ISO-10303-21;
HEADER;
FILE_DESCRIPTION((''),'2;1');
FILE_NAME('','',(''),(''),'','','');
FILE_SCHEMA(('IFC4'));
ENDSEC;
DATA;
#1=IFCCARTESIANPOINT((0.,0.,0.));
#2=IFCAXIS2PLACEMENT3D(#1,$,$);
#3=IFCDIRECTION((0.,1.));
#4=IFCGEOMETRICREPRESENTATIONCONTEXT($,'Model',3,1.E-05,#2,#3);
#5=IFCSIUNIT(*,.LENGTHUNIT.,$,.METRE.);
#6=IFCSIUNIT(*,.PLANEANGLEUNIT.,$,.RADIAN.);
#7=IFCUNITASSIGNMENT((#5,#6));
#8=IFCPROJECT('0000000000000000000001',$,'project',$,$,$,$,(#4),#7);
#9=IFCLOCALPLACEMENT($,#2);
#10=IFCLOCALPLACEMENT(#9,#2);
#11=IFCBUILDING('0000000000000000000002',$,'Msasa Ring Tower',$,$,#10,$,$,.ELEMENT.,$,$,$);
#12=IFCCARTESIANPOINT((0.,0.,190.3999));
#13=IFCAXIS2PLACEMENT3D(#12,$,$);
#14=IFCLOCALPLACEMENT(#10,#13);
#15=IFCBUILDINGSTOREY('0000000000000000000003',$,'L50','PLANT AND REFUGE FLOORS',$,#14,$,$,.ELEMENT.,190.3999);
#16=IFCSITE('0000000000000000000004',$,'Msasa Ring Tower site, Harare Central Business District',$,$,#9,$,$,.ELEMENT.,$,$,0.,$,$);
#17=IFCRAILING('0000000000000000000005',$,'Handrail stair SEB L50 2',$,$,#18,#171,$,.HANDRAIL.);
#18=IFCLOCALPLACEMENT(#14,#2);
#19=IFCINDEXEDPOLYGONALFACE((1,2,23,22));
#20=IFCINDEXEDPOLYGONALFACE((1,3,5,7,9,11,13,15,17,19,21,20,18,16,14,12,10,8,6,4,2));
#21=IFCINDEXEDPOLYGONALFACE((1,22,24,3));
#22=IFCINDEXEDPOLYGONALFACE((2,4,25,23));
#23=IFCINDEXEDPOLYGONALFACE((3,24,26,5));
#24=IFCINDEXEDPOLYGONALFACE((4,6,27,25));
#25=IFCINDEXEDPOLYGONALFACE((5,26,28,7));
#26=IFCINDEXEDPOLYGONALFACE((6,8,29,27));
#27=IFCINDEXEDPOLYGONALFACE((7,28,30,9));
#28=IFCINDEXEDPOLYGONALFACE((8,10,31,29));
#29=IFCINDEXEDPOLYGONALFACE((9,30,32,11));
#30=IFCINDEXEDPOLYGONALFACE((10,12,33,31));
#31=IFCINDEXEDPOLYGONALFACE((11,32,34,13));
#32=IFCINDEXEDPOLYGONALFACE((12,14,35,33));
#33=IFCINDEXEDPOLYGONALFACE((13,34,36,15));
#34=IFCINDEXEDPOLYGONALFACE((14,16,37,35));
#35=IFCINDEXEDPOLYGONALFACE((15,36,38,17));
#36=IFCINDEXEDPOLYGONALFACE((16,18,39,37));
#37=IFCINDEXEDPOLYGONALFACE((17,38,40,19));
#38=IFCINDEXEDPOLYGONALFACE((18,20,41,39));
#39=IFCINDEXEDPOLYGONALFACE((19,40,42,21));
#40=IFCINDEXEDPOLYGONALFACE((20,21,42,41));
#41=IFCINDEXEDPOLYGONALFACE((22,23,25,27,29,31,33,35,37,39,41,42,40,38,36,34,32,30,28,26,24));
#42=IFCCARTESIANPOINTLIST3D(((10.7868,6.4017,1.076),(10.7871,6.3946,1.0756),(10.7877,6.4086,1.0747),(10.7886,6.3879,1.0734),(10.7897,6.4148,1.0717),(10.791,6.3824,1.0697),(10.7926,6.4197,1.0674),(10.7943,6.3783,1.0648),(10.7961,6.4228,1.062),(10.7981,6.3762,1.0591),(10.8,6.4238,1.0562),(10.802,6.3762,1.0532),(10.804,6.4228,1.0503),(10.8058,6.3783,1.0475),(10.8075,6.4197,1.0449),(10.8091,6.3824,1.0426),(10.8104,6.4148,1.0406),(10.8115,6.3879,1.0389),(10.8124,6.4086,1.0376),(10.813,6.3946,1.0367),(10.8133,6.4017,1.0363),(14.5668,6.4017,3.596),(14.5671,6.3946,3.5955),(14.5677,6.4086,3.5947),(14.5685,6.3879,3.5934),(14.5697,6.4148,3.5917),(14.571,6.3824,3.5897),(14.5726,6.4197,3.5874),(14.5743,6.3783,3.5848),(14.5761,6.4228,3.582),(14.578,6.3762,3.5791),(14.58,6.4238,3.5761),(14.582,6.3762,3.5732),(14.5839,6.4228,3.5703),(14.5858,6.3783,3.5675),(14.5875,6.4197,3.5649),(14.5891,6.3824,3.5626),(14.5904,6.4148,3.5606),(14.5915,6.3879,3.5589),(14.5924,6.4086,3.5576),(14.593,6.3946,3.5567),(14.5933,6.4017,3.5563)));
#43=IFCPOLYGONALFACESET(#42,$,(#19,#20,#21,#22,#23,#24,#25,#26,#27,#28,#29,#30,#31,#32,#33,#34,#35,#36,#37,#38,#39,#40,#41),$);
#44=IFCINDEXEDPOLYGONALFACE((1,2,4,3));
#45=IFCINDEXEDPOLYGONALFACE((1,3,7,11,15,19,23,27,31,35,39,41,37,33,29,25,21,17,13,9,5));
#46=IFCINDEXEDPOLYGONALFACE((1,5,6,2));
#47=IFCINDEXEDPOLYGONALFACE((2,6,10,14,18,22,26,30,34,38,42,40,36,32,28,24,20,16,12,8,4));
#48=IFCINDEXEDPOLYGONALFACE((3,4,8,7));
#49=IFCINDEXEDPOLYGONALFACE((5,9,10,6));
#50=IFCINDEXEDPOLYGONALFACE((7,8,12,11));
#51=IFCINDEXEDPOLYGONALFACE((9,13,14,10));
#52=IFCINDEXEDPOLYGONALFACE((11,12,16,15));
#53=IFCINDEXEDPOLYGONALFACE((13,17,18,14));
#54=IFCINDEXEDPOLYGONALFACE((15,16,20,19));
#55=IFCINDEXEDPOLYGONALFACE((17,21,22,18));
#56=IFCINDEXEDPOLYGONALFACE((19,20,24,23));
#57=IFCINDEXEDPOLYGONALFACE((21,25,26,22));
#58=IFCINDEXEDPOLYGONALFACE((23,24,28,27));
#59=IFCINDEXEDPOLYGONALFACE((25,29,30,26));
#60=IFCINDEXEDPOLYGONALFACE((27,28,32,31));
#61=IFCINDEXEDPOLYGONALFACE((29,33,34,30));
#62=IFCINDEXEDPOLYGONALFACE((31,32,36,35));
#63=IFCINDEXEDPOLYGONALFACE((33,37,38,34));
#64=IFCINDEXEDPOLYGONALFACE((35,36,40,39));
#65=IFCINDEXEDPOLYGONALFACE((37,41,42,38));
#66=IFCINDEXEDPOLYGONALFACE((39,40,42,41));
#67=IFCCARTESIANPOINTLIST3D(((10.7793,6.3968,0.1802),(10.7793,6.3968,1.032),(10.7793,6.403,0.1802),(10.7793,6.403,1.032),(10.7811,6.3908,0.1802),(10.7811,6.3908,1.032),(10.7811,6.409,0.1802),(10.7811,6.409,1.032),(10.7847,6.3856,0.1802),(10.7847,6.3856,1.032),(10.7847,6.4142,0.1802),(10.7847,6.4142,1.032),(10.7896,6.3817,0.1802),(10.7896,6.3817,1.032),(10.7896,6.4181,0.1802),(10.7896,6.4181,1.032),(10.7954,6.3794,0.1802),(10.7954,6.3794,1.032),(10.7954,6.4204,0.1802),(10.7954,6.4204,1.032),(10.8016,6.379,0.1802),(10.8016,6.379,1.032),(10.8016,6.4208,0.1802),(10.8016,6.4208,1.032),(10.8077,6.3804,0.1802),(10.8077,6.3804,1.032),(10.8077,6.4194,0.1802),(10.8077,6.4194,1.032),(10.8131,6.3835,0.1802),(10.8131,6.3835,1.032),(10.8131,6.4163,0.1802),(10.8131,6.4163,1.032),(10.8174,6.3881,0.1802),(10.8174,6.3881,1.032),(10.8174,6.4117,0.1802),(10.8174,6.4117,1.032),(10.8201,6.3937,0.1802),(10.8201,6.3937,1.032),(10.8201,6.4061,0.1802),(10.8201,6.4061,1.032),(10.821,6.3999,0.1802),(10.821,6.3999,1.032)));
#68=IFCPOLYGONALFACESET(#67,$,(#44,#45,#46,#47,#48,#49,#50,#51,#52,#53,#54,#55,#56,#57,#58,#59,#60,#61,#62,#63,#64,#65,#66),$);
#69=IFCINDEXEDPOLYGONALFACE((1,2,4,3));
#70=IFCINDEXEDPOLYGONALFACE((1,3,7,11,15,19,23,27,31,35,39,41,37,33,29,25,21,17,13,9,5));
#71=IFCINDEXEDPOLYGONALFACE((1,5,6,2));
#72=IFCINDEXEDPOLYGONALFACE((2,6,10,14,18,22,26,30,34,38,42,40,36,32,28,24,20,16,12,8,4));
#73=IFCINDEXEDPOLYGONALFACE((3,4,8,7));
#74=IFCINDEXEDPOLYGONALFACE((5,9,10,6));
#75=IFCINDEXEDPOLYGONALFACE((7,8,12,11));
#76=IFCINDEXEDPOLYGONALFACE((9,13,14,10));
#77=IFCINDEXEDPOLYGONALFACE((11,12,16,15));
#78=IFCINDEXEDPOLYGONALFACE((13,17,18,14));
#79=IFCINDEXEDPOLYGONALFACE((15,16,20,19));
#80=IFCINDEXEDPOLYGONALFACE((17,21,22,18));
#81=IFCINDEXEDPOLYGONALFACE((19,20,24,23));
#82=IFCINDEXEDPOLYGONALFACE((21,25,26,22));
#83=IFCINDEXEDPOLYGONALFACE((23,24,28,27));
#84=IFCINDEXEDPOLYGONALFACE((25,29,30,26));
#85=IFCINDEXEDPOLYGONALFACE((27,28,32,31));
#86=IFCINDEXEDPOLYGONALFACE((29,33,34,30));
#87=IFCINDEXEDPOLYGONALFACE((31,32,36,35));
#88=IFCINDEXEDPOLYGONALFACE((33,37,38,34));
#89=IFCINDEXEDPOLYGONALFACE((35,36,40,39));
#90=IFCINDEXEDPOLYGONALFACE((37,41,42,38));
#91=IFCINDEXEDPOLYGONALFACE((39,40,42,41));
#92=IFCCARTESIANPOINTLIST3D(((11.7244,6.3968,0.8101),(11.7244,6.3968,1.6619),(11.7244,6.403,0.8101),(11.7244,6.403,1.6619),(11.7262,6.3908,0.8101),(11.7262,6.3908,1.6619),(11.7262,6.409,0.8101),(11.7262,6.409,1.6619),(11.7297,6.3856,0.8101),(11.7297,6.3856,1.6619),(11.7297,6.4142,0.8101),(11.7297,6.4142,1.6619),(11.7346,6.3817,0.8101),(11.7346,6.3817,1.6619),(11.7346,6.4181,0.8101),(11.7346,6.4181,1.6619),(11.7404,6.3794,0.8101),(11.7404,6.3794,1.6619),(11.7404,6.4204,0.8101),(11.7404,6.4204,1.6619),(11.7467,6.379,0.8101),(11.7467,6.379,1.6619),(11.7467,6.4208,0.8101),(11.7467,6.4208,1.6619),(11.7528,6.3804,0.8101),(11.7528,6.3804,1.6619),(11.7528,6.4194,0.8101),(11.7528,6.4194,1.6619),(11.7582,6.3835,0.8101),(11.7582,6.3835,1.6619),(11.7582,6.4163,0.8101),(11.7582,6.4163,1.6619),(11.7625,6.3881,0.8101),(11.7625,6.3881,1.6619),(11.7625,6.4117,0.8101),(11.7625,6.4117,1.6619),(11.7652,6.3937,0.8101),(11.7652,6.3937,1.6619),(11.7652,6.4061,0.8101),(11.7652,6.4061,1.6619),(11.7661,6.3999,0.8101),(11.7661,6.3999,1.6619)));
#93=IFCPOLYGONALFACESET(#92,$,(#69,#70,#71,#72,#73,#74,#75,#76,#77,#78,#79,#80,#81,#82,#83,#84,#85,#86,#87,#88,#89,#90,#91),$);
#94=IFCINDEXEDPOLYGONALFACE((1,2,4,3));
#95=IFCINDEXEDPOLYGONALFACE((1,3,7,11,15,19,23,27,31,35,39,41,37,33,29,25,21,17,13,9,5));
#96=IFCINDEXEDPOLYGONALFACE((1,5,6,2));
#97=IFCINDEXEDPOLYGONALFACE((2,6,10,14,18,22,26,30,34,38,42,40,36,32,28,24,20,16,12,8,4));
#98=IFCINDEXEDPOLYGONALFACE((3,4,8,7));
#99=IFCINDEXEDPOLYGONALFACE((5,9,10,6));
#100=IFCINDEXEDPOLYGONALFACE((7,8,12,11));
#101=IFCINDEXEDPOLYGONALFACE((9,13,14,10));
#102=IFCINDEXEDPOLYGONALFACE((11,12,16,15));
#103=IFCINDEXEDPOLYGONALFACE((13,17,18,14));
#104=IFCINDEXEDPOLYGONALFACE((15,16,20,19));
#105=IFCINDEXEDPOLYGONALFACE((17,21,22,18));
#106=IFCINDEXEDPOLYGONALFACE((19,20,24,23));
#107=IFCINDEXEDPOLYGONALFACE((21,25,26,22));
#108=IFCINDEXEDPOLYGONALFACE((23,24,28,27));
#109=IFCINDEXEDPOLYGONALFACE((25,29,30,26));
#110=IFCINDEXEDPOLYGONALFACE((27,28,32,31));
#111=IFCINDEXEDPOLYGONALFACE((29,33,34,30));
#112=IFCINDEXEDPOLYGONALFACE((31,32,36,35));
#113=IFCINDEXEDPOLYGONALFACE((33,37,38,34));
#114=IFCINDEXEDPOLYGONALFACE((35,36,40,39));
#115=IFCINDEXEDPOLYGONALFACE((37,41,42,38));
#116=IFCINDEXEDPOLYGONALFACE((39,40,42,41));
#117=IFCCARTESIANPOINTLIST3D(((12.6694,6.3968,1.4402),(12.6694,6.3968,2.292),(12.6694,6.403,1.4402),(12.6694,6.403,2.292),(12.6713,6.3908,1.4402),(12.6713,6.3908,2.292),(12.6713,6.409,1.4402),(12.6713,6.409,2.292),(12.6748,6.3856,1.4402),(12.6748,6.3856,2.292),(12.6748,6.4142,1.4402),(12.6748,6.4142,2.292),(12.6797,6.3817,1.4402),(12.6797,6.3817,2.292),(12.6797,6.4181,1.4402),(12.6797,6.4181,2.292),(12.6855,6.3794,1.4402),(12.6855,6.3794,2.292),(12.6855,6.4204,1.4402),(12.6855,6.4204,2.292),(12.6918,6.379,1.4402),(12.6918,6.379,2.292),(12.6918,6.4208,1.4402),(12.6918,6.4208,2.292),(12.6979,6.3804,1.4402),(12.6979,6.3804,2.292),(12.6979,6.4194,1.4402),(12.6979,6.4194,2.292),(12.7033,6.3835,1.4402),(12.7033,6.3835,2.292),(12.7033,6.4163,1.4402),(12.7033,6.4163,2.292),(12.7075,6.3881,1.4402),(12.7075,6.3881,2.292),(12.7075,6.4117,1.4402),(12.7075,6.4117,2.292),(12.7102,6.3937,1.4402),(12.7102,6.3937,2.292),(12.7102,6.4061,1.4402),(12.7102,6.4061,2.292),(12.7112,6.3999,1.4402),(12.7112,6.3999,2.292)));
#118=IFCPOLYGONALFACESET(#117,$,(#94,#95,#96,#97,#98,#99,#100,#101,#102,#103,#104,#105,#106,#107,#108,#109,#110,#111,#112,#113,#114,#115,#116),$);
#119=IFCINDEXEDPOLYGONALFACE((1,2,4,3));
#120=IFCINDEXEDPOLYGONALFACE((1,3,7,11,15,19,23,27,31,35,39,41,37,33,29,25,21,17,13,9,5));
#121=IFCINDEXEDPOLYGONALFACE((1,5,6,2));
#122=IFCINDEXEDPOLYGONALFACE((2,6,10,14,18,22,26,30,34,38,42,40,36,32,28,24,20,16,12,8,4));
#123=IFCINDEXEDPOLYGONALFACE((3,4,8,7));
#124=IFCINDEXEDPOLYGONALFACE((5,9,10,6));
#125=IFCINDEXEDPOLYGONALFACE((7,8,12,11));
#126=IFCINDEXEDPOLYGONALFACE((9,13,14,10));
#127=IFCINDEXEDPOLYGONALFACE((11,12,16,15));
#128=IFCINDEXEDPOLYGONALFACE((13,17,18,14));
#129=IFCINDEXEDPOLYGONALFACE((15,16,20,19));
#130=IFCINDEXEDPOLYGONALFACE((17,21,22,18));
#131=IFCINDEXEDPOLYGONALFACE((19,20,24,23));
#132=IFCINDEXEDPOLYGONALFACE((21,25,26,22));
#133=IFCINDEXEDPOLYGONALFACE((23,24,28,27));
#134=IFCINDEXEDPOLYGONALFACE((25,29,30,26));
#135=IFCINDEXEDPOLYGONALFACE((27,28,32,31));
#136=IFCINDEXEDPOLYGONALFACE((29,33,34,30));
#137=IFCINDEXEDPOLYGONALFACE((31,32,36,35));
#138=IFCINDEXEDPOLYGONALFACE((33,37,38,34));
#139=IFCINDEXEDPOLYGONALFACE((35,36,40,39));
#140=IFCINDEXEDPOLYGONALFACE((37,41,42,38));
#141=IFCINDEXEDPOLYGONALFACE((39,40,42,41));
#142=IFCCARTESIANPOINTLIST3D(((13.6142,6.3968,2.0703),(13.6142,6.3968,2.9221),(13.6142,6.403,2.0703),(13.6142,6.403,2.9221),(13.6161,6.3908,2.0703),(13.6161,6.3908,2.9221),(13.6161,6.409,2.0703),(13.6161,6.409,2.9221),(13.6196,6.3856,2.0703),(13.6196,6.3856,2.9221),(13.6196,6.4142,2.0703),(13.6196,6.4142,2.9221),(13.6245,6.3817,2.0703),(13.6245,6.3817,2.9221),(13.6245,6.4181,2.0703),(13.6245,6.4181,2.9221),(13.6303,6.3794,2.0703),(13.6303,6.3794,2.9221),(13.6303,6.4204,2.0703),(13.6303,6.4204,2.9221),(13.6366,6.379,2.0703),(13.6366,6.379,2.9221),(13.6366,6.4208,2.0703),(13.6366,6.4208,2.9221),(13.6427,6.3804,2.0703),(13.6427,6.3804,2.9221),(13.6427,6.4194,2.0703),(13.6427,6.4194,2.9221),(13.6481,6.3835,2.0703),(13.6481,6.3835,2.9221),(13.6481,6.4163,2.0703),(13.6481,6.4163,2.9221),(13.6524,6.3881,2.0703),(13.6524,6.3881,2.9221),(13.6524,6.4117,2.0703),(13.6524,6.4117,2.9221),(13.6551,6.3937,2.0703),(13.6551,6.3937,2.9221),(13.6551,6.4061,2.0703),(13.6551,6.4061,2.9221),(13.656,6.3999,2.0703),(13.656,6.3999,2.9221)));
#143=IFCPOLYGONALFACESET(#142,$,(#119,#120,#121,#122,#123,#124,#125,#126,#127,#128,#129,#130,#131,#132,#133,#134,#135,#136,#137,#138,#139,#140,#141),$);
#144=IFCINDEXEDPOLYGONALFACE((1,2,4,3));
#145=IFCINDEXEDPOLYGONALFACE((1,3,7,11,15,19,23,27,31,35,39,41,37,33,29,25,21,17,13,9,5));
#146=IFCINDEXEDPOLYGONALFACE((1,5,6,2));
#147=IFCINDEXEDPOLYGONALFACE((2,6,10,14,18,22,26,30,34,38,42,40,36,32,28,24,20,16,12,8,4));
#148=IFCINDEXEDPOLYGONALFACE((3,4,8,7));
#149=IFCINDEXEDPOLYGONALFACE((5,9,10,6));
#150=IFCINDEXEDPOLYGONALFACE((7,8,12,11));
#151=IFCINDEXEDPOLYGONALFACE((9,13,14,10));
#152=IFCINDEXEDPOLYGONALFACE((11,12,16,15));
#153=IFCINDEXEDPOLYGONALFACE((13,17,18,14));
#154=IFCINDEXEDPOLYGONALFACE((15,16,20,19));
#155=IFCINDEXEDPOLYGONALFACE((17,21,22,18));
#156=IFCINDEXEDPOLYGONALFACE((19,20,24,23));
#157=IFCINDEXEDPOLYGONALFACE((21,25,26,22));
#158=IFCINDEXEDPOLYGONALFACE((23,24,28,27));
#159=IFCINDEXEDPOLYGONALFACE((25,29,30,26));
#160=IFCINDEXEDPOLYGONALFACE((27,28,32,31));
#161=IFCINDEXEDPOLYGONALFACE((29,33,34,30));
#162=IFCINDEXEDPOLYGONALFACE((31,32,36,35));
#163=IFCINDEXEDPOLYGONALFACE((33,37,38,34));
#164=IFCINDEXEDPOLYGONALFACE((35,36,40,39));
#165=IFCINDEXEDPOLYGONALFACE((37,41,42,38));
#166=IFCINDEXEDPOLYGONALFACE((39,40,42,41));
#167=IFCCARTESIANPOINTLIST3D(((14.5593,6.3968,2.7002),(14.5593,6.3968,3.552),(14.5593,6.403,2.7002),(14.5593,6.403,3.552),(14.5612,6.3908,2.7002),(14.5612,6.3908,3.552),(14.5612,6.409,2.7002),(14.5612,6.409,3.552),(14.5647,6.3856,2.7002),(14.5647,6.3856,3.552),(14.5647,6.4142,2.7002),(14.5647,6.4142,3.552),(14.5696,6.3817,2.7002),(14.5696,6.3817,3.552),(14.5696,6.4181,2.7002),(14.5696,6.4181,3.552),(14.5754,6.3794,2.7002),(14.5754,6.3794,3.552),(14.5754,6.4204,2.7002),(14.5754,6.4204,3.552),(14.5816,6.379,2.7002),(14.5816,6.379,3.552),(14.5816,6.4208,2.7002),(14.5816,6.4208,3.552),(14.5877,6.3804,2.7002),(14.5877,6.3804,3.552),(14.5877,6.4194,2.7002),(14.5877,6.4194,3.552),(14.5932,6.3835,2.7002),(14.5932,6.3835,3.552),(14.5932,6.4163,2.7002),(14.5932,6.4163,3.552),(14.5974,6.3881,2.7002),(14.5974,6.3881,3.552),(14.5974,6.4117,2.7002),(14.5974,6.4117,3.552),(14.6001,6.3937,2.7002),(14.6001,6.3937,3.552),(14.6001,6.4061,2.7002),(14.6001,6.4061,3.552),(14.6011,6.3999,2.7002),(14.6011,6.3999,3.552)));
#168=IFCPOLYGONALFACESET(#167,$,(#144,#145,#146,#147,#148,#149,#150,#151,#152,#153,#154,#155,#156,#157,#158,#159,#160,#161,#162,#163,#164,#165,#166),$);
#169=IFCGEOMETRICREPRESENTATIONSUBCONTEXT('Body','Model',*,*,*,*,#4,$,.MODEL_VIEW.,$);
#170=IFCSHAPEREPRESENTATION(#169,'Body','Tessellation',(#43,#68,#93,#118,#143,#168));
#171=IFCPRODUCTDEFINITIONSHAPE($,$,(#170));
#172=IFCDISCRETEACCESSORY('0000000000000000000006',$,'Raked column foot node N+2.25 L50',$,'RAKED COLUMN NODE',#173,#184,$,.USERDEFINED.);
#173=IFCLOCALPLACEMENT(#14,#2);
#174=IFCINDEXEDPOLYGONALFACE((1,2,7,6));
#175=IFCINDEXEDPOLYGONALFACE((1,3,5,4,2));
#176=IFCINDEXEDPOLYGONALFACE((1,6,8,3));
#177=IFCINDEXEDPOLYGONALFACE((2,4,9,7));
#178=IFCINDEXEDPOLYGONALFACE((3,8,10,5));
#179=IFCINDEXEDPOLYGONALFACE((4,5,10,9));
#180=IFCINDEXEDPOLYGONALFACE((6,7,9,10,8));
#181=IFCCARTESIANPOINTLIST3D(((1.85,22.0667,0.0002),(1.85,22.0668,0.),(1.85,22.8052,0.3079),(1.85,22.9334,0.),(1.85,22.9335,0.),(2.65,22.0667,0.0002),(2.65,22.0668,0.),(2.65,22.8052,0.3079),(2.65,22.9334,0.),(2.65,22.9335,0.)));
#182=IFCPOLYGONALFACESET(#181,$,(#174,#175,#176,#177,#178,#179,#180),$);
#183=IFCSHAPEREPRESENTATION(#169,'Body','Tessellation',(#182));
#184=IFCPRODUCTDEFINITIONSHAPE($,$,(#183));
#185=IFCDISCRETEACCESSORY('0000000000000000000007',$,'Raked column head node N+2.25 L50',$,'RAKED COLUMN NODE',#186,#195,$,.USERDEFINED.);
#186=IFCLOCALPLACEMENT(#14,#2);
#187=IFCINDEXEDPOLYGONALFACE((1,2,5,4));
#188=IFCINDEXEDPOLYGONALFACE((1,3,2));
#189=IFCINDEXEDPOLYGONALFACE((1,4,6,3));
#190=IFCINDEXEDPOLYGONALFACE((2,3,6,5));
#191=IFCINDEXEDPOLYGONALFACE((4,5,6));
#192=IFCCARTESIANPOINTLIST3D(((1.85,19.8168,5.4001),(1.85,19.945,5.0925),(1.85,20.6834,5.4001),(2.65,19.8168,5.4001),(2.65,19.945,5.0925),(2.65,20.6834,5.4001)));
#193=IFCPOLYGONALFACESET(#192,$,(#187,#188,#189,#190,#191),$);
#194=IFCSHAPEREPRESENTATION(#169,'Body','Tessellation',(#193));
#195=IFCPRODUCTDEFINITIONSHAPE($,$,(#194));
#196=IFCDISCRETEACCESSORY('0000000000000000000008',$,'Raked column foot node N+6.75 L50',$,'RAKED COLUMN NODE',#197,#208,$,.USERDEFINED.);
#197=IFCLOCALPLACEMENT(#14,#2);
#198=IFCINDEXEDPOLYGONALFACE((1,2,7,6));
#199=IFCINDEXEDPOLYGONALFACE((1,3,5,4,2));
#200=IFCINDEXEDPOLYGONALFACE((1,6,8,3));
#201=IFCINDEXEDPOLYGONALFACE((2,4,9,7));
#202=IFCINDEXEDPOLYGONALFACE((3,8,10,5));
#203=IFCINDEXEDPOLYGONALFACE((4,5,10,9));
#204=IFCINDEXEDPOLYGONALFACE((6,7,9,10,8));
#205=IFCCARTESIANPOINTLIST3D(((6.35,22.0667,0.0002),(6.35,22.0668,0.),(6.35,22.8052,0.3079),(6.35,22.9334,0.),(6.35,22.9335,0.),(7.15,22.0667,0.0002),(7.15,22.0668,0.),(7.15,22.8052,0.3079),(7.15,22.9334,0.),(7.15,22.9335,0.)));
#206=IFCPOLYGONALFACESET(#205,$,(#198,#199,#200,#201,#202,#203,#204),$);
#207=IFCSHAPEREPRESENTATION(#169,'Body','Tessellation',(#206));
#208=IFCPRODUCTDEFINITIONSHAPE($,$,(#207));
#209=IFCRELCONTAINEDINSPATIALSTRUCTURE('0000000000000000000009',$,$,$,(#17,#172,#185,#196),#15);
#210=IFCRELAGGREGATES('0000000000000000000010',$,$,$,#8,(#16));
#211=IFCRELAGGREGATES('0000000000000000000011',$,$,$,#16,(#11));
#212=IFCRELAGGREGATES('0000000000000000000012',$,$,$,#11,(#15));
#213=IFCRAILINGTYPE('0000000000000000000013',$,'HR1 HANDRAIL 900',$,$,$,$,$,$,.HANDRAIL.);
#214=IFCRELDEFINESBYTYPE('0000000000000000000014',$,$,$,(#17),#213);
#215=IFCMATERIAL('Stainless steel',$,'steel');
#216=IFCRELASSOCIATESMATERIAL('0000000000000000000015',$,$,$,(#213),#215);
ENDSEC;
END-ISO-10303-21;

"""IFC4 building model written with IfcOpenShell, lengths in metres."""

from ifc_helpers import new_model, si_unit, direction, frame, origin, origin_2d, place, context, subcontext, project, spatial, rectangle, circle, extrude, clip, halfspace, material, type_object, element, save


model = new_model("IFC4")

# Units and contexts
model_context = context("Model", 3, precision=1e-05, world=origin(), true_north=direction((0.0, 1.0)))
body_context = subcontext(model_context, "Body", "Model", "MODEL_VIEW")
ifc_project = project(units=[si_unit("LENGTHUNIT", "METRE"), si_unit("PLANEANGLEUNIT", "RADIAN")], contexts=[model_context])

# Site, building, storey
site_placement = place(None, origin())
site = spatial("IfcSite", under=ifc_project, at=site_placement, Name="Msasa Ring Tower site, Harare Central Business District", CompositionType="ELEMENT", RefElevation=0.0)
building_placement = place(site_placement, origin())
building = spatial("IfcBuilding", under=site, at=building_placement, Name="Msasa Ring Tower", CompositionType="ELEMENT")
storey_placement = place(building_placement, frame((0.0, 0.0, 190.3999)))
storey = spatial("IfcBuildingStorey", under=building, at=storey_placement, Name="L50", Description="PLANT AND REFUGE FLOORS", CompositionType="ELEMENT", Elevation=190.3999)

# Railing
ifc_material_1 = material(Name="Stainless steel", Category="steel")
railing_type = type_object("IfcRailingType", Name="HR1 HANDRAIL 900", PredefinedType="HANDRAIL", material=ifc_material_1)
for number, where, name in (
    (1, (10.8, 6.3999, 0.1802), "Handrail stair SEB L50 2"),
):
    element("IfcRailing", number, at=place(storey_placement, frame(where)), inside=storey, type_object=railing_type, Name=name, PredefinedType="HANDRAIL", context=body_context, shape_type="SweptSolid", body=[
        extrude(circle(Radius=0.0239, at=origin_2d()), frame((0.0, 0.0, 0.876), z_axis=(0.83205, 0.0, 0.5547), x_axis=(0.0, 1.0, 0.0)), (0.0, 0.0, 1.0), 4.543),
        extrude(circle(Radius=0.021, at=origin_2d()), origin(), (0.0, 0.0, 1.0), 0.8518),
        extrude(circle(Radius=0.021, at=origin_2d()), frame((0.9451, 0.0, 0.6299)), (0.0, 0.0, 1.0), 0.8518),
        extrude(circle(Radius=0.021, at=origin_2d()), frame((1.8901, 0.0, 1.26)), (0.0, 0.0, 1.0), 0.8518),
        extrude(circle(Radius=0.021, at=origin_2d()), frame((2.835, 0.0, 1.8901)), (0.0, 0.0, 1.0), 0.8518),
        extrude(circle(Radius=0.021, at=origin_2d()), frame((3.78, 0.0, 2.52)), (0.0, 0.0, 1.0), 0.8518),
    ])

# Discrete accessories
discrete_accessory_1_placement = place(storey_placement, frame((2.25, 22.5, 0.0)))
element("IfcDiscreteAccessory", 2, at=discrete_accessory_1_placement, inside=storey, Name="Raked column foot node N+2.25 L50", ObjectType="RAKED COLUMN NODE", PredefinedType="USERDEFINED", context=body_context, shape_type="Clipping", body=[
    clip(extrude(rectangle(XDim=0.8, YDim=0.8, at=origin_2d()), frame((0.0, 0.0642, -0.1538), z_axis=(0.0, -0.384615, 0.923077), x_axis=(0.0, 0.923077, 0.384615)), (0.0, 0.0, 1.0), 0.3335), halfspace(frame((0.0, 0.0, 0.0), z_axis=(0.0, 0.0, 1.0)), True)),
])
discrete_accessory_2_placement = place(storey_placement, frame((2.25, 20.25, 5.4001)))
element("IfcDiscreteAccessory", 3, at=discrete_accessory_2_placement, inside=storey, Name="Raked column head node N+2.25 L50", ObjectType="RAKED COLUMN NODE", PredefinedType="USERDEFINED", context=body_context, shape_type="Clipping", body=[
    clip(extrude(rectangle(XDim=0.8, YDim=0.8, at=origin_2d()), frame((0.0, 0.0642, -0.1538), z_axis=(0.0, -0.384615, 0.923077), x_axis=(0.0, 0.923077, 0.384615)), (0.0, 0.0, 1.0), 0.3335), halfspace(frame((0.0, 0.0, 0.0), z_axis=(0.0, 0.0, -1.0)), True)),
])
discrete_accessory_3_placement = place(storey_placement, frame((6.75, 22.5, 0.0)))
element("IfcDiscreteAccessory", 4, at=discrete_accessory_3_placement, inside=storey, Name="Raked column foot node N+6.75 L50", ObjectType="RAKED COLUMN NODE", PredefinedType="USERDEFINED", context=body_context, shape_type="Clipping", body=[
    clip(extrude(rectangle(XDim=0.8, YDim=0.8, at=origin_2d()), frame((0.0, 0.0642, -0.1538), z_axis=(0.0, -0.384615, 0.923077), x_axis=(0.0, 0.923077, 0.384615)), (0.0, 0.0, 1.0), 0.3335), halfspace(frame((0.0, 0.0, 0.0), z_axis=(0.0, 0.0, 1.0)), True)),
])

save(model, "model.ifc")
